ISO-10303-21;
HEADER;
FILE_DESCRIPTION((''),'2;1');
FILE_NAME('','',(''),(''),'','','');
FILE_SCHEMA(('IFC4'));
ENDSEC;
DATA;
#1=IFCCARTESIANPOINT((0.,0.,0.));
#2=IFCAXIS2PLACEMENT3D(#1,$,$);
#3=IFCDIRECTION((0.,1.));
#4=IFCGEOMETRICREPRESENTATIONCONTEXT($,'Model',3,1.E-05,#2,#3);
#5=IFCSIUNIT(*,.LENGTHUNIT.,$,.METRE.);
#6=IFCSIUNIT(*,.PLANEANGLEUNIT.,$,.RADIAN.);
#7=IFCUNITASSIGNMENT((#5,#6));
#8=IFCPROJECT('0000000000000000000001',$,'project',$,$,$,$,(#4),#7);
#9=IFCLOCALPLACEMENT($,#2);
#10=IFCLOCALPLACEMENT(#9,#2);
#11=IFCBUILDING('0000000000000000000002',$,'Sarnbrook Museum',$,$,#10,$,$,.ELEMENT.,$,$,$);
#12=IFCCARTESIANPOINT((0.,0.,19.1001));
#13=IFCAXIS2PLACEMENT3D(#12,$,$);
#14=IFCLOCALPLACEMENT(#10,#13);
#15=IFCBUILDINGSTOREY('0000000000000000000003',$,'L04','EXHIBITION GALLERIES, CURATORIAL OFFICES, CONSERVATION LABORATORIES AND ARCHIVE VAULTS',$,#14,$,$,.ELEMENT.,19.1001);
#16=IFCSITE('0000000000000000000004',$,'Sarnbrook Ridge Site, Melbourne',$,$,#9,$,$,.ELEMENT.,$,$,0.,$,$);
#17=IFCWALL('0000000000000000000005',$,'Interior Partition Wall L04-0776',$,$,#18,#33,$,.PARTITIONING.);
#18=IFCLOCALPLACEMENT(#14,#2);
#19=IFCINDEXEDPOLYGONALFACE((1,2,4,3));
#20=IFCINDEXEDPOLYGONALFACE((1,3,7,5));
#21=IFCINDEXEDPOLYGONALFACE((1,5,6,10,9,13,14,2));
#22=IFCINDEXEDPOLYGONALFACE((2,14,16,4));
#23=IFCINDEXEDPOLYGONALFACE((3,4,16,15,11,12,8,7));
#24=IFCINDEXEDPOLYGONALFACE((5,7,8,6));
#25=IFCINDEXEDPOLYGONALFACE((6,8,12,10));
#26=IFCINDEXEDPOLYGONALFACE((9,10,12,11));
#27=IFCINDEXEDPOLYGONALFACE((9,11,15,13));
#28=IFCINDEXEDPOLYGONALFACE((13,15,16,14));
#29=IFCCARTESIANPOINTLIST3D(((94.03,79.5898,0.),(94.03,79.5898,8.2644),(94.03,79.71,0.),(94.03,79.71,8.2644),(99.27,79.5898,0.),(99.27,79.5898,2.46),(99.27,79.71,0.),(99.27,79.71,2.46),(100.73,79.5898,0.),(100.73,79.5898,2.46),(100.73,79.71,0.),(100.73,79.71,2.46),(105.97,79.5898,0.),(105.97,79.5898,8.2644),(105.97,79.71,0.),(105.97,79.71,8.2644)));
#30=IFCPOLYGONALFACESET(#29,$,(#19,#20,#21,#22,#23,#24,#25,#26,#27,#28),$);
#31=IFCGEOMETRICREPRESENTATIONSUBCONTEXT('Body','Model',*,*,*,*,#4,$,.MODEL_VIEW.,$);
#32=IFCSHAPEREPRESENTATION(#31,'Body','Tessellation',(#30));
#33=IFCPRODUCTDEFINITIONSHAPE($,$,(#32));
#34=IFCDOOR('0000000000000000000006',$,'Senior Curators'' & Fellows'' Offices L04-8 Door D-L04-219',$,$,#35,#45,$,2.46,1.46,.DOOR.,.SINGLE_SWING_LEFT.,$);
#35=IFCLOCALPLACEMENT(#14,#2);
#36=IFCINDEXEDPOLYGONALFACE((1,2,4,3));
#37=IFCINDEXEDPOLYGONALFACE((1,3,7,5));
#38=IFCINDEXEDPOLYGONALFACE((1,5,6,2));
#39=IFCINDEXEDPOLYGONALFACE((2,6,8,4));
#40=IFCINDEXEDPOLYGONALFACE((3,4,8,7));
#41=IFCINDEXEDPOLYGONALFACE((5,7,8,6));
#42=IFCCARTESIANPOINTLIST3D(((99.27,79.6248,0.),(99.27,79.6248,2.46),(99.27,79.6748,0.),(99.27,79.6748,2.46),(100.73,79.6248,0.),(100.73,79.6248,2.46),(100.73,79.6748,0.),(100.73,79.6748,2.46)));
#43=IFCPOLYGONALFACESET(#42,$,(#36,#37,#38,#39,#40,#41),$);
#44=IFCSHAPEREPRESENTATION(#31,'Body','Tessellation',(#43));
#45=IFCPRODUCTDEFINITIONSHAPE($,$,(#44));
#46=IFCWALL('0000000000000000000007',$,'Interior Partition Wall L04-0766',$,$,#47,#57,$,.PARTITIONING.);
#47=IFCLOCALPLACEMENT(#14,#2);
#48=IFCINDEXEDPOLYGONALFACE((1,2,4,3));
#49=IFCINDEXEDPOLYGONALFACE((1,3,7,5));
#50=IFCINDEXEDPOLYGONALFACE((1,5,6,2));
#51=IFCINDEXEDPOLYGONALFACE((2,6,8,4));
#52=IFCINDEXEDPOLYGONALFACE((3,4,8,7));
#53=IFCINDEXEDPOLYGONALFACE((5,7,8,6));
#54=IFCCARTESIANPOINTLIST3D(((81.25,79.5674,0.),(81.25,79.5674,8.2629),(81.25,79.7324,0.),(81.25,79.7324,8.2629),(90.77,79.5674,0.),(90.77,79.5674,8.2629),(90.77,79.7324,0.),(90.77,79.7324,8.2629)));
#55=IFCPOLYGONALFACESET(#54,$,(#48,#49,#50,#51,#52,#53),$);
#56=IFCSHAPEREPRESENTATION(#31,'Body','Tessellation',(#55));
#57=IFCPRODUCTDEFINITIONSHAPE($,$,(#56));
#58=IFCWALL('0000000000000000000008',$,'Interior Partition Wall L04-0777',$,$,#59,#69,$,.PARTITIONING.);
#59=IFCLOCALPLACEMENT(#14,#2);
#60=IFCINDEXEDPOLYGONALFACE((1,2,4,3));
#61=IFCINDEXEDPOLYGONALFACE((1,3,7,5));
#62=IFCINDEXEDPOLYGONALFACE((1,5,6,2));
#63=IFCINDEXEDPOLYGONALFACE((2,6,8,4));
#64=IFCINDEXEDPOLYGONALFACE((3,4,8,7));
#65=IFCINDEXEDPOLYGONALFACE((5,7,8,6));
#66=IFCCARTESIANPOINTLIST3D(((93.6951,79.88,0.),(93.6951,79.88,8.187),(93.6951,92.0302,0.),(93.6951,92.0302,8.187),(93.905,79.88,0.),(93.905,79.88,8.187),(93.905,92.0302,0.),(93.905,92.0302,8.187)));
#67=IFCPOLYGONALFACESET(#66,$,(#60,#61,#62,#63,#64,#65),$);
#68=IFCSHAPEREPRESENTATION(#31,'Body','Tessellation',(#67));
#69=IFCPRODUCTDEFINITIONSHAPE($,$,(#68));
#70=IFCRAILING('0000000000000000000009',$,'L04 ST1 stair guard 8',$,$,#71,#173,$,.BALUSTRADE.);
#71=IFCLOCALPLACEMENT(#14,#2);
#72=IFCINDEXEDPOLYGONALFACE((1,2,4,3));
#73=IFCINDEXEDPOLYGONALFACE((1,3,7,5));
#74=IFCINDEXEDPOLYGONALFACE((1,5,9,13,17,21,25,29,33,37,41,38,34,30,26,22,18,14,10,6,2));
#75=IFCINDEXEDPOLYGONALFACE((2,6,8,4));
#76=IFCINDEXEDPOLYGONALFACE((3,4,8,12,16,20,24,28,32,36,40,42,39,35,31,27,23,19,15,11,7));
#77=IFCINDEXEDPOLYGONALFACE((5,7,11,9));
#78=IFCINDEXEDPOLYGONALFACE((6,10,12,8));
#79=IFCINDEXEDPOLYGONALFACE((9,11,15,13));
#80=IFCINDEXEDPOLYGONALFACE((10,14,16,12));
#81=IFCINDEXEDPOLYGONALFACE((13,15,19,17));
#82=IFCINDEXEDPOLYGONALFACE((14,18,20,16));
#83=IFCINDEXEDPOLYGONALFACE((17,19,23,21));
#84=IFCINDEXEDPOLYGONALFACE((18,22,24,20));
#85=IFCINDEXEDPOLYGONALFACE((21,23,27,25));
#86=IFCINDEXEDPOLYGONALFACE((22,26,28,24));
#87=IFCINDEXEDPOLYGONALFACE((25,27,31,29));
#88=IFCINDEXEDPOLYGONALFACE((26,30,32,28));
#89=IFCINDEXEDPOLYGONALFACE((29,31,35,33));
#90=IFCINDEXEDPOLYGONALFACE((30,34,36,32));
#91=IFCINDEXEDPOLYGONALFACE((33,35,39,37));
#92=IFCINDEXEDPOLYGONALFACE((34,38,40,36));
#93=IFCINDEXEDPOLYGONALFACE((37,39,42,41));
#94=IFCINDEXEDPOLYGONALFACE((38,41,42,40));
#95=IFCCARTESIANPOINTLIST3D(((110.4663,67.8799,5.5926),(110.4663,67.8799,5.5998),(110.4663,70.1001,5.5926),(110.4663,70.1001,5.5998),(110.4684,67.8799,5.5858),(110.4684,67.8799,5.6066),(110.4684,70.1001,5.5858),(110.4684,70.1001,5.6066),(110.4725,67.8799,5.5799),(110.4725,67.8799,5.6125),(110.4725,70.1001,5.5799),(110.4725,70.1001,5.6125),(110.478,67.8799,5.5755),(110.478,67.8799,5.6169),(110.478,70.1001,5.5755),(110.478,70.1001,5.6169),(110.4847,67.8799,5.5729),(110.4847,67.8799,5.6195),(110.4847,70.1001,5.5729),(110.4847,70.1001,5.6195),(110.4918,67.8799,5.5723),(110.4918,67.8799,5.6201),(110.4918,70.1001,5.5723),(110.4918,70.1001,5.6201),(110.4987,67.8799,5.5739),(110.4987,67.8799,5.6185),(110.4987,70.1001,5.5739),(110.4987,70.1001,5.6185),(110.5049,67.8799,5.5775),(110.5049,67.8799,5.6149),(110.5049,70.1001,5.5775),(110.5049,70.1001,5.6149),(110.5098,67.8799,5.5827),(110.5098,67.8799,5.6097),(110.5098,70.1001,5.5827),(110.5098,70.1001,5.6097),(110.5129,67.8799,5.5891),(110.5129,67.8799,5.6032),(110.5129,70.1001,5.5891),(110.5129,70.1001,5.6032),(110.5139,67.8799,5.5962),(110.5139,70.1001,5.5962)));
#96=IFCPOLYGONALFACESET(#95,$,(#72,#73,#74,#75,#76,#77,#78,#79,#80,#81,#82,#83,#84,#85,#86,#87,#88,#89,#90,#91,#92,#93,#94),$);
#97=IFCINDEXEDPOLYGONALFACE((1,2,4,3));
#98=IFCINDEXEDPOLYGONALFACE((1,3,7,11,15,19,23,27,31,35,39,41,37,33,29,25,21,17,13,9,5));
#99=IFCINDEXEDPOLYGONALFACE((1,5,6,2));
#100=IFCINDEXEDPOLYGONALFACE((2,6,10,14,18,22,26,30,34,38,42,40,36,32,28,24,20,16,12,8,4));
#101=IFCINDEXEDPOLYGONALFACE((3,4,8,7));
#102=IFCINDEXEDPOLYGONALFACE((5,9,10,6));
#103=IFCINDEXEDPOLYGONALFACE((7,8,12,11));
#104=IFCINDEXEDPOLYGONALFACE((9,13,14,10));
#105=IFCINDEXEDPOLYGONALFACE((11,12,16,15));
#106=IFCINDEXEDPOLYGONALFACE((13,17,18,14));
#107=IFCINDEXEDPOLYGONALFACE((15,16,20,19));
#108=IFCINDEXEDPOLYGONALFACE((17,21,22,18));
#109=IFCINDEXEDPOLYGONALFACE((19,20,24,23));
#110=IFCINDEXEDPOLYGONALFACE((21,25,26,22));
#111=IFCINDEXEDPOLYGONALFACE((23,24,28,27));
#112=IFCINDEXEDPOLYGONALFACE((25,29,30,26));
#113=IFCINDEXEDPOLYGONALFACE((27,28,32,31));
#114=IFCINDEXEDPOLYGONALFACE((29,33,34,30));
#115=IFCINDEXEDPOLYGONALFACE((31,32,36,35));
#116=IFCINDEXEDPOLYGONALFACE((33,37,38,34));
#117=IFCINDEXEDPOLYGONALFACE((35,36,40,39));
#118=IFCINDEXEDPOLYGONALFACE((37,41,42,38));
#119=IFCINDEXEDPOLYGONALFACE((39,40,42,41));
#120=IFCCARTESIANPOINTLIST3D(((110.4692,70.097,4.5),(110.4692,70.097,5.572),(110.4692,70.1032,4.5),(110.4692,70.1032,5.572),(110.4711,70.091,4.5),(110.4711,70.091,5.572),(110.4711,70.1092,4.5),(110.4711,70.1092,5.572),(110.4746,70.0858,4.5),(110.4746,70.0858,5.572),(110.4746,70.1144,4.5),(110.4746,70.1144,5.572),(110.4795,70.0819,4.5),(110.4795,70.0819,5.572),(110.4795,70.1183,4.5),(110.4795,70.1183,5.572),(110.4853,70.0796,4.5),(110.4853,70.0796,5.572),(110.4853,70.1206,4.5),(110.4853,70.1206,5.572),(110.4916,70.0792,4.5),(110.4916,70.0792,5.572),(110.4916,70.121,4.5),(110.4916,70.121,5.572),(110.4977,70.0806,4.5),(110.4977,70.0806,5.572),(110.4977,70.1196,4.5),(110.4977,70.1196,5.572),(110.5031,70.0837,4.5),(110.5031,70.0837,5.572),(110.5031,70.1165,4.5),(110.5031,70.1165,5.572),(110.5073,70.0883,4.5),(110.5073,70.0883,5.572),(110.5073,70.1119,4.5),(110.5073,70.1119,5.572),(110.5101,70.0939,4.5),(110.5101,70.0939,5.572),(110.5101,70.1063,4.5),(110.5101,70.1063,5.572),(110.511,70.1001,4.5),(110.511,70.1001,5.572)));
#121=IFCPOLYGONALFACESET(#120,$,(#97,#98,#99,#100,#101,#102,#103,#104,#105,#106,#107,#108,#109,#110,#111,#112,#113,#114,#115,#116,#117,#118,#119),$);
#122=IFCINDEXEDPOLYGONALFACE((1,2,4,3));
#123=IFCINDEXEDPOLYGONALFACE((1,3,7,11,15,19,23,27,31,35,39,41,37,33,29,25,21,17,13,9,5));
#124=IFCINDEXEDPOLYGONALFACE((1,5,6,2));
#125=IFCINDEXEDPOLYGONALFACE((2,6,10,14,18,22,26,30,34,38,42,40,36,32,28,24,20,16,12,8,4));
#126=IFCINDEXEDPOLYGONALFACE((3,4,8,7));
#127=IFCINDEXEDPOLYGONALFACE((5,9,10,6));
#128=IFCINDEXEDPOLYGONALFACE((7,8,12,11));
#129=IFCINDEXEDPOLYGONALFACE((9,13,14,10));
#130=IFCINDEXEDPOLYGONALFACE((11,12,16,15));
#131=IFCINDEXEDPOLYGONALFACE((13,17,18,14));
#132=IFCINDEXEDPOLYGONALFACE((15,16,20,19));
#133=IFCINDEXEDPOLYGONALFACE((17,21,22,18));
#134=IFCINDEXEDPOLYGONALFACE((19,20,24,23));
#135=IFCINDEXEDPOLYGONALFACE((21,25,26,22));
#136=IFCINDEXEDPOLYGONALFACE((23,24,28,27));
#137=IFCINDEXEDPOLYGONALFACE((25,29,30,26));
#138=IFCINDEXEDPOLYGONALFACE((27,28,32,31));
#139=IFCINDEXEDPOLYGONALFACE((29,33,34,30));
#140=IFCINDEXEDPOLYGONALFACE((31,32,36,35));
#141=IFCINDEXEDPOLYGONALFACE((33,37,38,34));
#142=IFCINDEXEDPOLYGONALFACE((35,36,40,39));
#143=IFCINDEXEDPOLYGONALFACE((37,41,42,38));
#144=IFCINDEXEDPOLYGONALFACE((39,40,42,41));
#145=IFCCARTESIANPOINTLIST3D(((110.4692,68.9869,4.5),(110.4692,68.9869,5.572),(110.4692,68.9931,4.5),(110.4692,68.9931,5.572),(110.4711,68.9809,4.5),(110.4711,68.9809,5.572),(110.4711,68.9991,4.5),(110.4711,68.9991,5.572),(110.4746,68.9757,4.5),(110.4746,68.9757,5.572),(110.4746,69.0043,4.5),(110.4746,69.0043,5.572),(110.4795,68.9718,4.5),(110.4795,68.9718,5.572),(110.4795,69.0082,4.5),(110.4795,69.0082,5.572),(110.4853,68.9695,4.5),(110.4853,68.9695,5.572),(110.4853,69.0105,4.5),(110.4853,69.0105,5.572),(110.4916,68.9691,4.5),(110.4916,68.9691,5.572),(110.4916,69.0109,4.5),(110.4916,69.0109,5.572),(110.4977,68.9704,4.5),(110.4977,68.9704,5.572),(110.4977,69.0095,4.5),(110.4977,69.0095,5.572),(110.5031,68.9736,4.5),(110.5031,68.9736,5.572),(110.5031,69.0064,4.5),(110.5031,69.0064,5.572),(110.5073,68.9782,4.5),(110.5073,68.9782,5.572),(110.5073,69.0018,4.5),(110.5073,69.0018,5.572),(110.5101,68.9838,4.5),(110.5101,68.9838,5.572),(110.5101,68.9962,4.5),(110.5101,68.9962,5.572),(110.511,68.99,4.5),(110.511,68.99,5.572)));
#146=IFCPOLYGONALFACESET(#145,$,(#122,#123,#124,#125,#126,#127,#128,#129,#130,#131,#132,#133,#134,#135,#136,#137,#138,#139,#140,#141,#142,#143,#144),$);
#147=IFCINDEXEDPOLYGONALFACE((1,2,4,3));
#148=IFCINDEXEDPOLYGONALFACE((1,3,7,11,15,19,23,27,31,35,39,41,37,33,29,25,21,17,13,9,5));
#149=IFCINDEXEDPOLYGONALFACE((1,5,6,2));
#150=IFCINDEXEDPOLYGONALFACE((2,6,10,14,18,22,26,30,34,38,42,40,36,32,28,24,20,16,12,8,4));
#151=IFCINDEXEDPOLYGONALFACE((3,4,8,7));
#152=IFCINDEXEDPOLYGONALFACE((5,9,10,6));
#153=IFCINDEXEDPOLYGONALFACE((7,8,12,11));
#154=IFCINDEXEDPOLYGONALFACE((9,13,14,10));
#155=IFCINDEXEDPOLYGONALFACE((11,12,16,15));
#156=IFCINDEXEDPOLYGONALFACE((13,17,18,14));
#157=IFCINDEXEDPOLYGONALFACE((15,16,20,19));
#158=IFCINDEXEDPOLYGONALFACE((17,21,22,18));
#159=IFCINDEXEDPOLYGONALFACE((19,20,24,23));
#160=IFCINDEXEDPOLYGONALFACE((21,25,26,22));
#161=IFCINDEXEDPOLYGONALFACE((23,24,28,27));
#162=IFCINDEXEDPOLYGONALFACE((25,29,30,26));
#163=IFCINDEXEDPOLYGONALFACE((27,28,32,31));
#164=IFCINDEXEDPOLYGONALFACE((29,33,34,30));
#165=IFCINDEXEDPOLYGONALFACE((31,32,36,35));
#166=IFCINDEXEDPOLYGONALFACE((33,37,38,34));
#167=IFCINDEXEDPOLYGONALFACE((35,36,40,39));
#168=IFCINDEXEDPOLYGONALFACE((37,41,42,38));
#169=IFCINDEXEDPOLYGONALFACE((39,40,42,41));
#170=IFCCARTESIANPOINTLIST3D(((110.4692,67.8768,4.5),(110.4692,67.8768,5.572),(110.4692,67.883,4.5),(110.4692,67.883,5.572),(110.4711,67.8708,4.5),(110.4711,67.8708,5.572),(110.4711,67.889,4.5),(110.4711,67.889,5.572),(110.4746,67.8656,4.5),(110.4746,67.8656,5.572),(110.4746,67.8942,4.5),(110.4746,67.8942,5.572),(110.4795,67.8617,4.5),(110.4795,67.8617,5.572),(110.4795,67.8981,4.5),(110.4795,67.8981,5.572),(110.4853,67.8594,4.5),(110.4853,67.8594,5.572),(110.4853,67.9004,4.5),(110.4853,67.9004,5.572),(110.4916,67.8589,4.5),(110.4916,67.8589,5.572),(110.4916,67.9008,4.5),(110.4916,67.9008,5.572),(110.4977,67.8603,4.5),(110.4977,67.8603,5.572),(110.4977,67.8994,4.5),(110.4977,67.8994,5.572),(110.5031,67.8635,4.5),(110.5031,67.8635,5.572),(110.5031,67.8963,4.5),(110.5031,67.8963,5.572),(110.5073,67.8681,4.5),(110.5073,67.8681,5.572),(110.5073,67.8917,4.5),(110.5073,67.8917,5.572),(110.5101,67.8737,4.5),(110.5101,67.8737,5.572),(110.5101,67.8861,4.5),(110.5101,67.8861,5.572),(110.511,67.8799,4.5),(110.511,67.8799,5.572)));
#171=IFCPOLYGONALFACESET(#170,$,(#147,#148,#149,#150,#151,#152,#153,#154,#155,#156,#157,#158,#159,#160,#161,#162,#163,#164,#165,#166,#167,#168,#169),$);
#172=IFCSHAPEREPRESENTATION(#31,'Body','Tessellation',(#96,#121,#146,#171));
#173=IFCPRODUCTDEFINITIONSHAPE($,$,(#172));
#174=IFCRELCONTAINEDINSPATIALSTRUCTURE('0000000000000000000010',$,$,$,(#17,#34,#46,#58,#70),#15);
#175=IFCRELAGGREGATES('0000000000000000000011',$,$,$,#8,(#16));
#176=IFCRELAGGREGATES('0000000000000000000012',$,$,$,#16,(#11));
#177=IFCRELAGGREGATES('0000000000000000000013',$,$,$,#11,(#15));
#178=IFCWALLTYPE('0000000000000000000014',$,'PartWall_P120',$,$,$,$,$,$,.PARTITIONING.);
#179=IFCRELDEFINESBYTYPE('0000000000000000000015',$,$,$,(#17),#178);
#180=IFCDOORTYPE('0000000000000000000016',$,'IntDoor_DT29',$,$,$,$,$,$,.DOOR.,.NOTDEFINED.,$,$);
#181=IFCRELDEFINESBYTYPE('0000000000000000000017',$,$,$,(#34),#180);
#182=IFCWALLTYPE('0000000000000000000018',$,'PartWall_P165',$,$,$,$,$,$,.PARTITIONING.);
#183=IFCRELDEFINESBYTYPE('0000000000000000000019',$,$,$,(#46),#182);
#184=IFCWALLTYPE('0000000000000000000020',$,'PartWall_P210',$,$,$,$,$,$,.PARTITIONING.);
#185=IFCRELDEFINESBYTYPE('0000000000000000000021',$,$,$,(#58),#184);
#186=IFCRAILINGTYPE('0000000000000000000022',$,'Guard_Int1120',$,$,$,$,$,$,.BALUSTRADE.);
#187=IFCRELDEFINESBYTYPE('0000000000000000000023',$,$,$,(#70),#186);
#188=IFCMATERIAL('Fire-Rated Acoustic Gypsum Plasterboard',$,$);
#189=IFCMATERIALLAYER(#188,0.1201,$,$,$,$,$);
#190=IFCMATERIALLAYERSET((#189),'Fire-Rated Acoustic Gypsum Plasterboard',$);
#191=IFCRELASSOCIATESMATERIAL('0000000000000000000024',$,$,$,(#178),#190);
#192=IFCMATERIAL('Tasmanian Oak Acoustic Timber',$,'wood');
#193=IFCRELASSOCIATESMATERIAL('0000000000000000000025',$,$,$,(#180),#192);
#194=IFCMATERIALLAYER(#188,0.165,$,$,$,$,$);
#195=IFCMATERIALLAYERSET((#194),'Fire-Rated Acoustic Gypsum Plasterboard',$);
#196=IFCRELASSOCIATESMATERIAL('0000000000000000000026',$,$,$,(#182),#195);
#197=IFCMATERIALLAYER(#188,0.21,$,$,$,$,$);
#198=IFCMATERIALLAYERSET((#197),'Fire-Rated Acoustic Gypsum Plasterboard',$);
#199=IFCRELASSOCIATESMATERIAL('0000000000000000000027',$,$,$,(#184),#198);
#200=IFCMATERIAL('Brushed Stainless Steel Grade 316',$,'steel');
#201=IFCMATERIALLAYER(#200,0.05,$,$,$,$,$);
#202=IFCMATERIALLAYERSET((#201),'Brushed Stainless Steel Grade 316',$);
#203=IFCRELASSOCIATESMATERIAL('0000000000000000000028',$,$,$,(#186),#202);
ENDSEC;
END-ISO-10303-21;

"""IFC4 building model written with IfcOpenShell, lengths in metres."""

from ifc_helpers import new_model, si_unit, direction, frame, frame_2d, origin, origin_2d, place, context, subcontext, project, spatial, rectangle, circle, extrude, material, layer, layer_set, type_object, element, fill, save


model = new_model("IFC4")

# Units and contexts
model_context = context("Model", 3, precision=1e-05, world=origin(), true_north=direction((0.0, 1.0)))
body_context = subcontext(model_context, "Body", "Model", "MODEL_VIEW")
ifc_project = project(units=[si_unit("LENGTHUNIT", "METRE"), si_unit("PLANEANGLEUNIT", "RADIAN")], contexts=[model_context])

# Site, building, storey
site_placement = place(None, origin())
site = spatial("IfcSite", under=ifc_project, at=site_placement, Name="Sarnbrook Ridge Site, Melbourne", CompositionType="ELEMENT", RefElevation=0.0)
building_placement = place(site_placement, origin())
building = spatial("IfcBuilding", under=site, at=building_placement, Name="Sarnbrook Museum", CompositionType="ELEMENT")
storey_placement = place(building_placement, frame((0.0, 0.0, 19.1001)))
storey = spatial("IfcBuildingStorey", under=building, at=storey_placement, Name="L04", Description="EXHIBITION GALLERIES, CURATORIAL OFFICES, CONSERVATION LABORATORIES AND ARCHIVE VAULTS", CompositionType="ELEMENT", Elevation=19.1001)

# Wall, opening, door
ifc_material_1 = material(Name="Fire-Rated Acoustic Gypsum Plasterboard")
ifc_layer_1 = layer(ifc_material_1, 0.1201)
ifc_layer_set_1 = layer_set([ifc_layer_1], Name="Fire-Rated Acoustic Gypsum Plasterboard")
wall_type_1 = type_object("IfcWallType", Name="PartWall_P120", PredefinedType="PARTITIONING", material=ifc_layer_set_1)
wall_1_placement = place(storey_placement, frame((105.97, 79.6499, 0.0), z_axis=(0.0, 0.0, 1.0), x_axis=(-1.0, 0.0, 0.0)))
wall_1 = element("IfcWall", 1, at=wall_1_placement, inside=storey, type_object=wall_type_1, Name="Interior Partition Wall L04-0776", PredefinedType="PARTITIONING", context=body_context, shape_type="SweptSolid", body=[
    extrude(rectangle(XDim=11.9399, YDim=0.1201, at=frame_2d((5.97, 0.0))), origin(), (0.0, 0.0, 1.0), 8.2644),
])
opening_placement = place(wall_1_placement, frame((5.24, 0.0, 0.0)))
opening = element("IfcOpeningElement", 2, at=opening_placement, cuts=wall_1, PredefinedType="OPENING", context=body_context, shape_type="SweptSolid", body=[
    extrude(rectangle(XDim=1.46, YDim=2.46, at=frame_2d((0.73, 1.23))), frame((0.0, 0.0701, 0.0), z_axis=(0.0, -1.0, 0.0), x_axis=(1.0, 0.0, 0.0)), (0.0, 0.0, 1.0), 0.1401),
])
ifc_material_2 = material(Name="Tasmanian Oak Acoustic Timber", Category="wood")
door_type = type_object("IfcDoorType", Name="IntDoor_DT29", OperationType="NOTDEFINED", PredefinedType="DOOR", material=ifc_material_2)
door_placement = place(opening_placement, frame((1.46, 0.0, 0.0), z_axis=(0.0, 0.0, 1.0), x_axis=(-1.0, 0.0, 0.0)))
door = element("IfcDoor", 3, at=door_placement, inside=storey, type_object=door_type, Name="Senior Curators' & Fellows' Offices L04-8 Door D-L04-219", OperationType="SINGLE_SWING_LEFT", OverallHeight=2.46, OverallWidth=1.46, PredefinedType="DOOR", context=body_context, shape_type="SweptSolid", body=[
    extrude(rectangle(XDim=1.46, YDim=2.46, at=frame_2d((0.73, 1.23))), frame((0.0, 0.0249, 0.0), z_axis=(0.0, -1.0, 0.0), x_axis=(1.0, 0.0, 0.0)), (0.0, 0.0, 1.0), 0.05),
])
fill(opening, door)

# Walls
ifc_layer_2 = layer(ifc_material_1, 0.165)
ifc_layer_set_2 = layer_set([ifc_layer_2], Name="Fire-Rated Acoustic Gypsum Plasterboard")
wall_type_2 = type_object("IfcWallType", Name="PartWall_P165", PredefinedType="PARTITIONING", material=ifc_layer_set_2)
wall_2_placement = place(storey_placement, frame((90.77, 79.6499, 0.0), z_axis=(0.0, 0.0, 1.0), x_axis=(-1.0, 0.0, 0.0)))
element("IfcWall", 4, at=wall_2_placement, inside=storey, type_object=wall_type_2, Name="Interior Partition Wall L04-0766", PredefinedType="PARTITIONING", context=body_context, shape_type="SweptSolid", body=[
    extrude(rectangle(XDim=9.52, YDim=0.165, at=frame_2d((4.76, 0.0))), origin(), (0.0, 0.0, 1.0), 8.2629),
])
ifc_layer_3 = layer(ifc_material_1, 0.21)
ifc_layer_set_3 = layer_set([ifc_layer_3], Name="Fire-Rated Acoustic Gypsum Plasterboard")
wall_type_3 = type_object("IfcWallType", Name="PartWall_P210", PredefinedType="PARTITIONING", material=ifc_layer_set_3)
wall_3_placement = place(storey_placement, frame((93.8, 79.8799, 0.0), z_axis=(0.0, 0.0, 1.0), x_axis=(0.0, 1.0, 0.0)))
element("IfcWall", 5, at=wall_3_placement, inside=storey, type_object=wall_type_3, Name="Interior Partition Wall L04-0777", PredefinedType="PARTITIONING", context=body_context, shape_type="SweptSolid", body=[
    extrude(rectangle(XDim=12.1501, YDim=0.21, at=frame_2d((6.0752, 0.0))), origin(), (0.0, 0.0, 1.0), 8.187),
])

# Railing
ifc_material_3 = material(Name="Brushed Stainless Steel Grade 316", Category="steel")
ifc_layer_4 = layer(ifc_material_3, 0.05)
ifc_layer_set_4 = layer_set([ifc_layer_4], Name="Brushed Stainless Steel Grade 316")
railing_type = type_object("IfcRailingType", Name="Guard_Int1120", PredefinedType="BALUSTRADE", material=ifc_layer_set_4)
for number, where, name in (
    (6, (110.49, 70.1001, 4.5), "L04 ST1 stair guard 8"),
):
    element("IfcRailing", number, at=place(storey_placement, frame(where)), inside=storey, type_object=railing_type, Name=name, PredefinedType="BALUSTRADE", context=body_context, shape_type="SweptSolid", body=[
        extrude(circle(Radius=0.0239, at=origin_2d()), frame((0.0, 0.0, 1.0962), z_axis=(0.0, -1.0, 0.0), x_axis=(1.0, 0.0, 0.0)), (0.0, 0.0, 1.0), 2.2202),
        extrude(circle(Radius=0.021, at=origin_2d()), origin(), (0.0, 0.0, 1.0), 1.072),
        extrude(circle(Radius=0.021, at=origin_2d()), frame((0.0, -1.1101, 0.0)), (0.0, 0.0, 1.0), 1.072),
        extrude(circle(Radius=0.021, at=origin_2d()), frame((0.0, -2.2202, 0.0)), (0.0, 0.0, 1.0), 1.072),
    ])

save(model, "model.ifc")
